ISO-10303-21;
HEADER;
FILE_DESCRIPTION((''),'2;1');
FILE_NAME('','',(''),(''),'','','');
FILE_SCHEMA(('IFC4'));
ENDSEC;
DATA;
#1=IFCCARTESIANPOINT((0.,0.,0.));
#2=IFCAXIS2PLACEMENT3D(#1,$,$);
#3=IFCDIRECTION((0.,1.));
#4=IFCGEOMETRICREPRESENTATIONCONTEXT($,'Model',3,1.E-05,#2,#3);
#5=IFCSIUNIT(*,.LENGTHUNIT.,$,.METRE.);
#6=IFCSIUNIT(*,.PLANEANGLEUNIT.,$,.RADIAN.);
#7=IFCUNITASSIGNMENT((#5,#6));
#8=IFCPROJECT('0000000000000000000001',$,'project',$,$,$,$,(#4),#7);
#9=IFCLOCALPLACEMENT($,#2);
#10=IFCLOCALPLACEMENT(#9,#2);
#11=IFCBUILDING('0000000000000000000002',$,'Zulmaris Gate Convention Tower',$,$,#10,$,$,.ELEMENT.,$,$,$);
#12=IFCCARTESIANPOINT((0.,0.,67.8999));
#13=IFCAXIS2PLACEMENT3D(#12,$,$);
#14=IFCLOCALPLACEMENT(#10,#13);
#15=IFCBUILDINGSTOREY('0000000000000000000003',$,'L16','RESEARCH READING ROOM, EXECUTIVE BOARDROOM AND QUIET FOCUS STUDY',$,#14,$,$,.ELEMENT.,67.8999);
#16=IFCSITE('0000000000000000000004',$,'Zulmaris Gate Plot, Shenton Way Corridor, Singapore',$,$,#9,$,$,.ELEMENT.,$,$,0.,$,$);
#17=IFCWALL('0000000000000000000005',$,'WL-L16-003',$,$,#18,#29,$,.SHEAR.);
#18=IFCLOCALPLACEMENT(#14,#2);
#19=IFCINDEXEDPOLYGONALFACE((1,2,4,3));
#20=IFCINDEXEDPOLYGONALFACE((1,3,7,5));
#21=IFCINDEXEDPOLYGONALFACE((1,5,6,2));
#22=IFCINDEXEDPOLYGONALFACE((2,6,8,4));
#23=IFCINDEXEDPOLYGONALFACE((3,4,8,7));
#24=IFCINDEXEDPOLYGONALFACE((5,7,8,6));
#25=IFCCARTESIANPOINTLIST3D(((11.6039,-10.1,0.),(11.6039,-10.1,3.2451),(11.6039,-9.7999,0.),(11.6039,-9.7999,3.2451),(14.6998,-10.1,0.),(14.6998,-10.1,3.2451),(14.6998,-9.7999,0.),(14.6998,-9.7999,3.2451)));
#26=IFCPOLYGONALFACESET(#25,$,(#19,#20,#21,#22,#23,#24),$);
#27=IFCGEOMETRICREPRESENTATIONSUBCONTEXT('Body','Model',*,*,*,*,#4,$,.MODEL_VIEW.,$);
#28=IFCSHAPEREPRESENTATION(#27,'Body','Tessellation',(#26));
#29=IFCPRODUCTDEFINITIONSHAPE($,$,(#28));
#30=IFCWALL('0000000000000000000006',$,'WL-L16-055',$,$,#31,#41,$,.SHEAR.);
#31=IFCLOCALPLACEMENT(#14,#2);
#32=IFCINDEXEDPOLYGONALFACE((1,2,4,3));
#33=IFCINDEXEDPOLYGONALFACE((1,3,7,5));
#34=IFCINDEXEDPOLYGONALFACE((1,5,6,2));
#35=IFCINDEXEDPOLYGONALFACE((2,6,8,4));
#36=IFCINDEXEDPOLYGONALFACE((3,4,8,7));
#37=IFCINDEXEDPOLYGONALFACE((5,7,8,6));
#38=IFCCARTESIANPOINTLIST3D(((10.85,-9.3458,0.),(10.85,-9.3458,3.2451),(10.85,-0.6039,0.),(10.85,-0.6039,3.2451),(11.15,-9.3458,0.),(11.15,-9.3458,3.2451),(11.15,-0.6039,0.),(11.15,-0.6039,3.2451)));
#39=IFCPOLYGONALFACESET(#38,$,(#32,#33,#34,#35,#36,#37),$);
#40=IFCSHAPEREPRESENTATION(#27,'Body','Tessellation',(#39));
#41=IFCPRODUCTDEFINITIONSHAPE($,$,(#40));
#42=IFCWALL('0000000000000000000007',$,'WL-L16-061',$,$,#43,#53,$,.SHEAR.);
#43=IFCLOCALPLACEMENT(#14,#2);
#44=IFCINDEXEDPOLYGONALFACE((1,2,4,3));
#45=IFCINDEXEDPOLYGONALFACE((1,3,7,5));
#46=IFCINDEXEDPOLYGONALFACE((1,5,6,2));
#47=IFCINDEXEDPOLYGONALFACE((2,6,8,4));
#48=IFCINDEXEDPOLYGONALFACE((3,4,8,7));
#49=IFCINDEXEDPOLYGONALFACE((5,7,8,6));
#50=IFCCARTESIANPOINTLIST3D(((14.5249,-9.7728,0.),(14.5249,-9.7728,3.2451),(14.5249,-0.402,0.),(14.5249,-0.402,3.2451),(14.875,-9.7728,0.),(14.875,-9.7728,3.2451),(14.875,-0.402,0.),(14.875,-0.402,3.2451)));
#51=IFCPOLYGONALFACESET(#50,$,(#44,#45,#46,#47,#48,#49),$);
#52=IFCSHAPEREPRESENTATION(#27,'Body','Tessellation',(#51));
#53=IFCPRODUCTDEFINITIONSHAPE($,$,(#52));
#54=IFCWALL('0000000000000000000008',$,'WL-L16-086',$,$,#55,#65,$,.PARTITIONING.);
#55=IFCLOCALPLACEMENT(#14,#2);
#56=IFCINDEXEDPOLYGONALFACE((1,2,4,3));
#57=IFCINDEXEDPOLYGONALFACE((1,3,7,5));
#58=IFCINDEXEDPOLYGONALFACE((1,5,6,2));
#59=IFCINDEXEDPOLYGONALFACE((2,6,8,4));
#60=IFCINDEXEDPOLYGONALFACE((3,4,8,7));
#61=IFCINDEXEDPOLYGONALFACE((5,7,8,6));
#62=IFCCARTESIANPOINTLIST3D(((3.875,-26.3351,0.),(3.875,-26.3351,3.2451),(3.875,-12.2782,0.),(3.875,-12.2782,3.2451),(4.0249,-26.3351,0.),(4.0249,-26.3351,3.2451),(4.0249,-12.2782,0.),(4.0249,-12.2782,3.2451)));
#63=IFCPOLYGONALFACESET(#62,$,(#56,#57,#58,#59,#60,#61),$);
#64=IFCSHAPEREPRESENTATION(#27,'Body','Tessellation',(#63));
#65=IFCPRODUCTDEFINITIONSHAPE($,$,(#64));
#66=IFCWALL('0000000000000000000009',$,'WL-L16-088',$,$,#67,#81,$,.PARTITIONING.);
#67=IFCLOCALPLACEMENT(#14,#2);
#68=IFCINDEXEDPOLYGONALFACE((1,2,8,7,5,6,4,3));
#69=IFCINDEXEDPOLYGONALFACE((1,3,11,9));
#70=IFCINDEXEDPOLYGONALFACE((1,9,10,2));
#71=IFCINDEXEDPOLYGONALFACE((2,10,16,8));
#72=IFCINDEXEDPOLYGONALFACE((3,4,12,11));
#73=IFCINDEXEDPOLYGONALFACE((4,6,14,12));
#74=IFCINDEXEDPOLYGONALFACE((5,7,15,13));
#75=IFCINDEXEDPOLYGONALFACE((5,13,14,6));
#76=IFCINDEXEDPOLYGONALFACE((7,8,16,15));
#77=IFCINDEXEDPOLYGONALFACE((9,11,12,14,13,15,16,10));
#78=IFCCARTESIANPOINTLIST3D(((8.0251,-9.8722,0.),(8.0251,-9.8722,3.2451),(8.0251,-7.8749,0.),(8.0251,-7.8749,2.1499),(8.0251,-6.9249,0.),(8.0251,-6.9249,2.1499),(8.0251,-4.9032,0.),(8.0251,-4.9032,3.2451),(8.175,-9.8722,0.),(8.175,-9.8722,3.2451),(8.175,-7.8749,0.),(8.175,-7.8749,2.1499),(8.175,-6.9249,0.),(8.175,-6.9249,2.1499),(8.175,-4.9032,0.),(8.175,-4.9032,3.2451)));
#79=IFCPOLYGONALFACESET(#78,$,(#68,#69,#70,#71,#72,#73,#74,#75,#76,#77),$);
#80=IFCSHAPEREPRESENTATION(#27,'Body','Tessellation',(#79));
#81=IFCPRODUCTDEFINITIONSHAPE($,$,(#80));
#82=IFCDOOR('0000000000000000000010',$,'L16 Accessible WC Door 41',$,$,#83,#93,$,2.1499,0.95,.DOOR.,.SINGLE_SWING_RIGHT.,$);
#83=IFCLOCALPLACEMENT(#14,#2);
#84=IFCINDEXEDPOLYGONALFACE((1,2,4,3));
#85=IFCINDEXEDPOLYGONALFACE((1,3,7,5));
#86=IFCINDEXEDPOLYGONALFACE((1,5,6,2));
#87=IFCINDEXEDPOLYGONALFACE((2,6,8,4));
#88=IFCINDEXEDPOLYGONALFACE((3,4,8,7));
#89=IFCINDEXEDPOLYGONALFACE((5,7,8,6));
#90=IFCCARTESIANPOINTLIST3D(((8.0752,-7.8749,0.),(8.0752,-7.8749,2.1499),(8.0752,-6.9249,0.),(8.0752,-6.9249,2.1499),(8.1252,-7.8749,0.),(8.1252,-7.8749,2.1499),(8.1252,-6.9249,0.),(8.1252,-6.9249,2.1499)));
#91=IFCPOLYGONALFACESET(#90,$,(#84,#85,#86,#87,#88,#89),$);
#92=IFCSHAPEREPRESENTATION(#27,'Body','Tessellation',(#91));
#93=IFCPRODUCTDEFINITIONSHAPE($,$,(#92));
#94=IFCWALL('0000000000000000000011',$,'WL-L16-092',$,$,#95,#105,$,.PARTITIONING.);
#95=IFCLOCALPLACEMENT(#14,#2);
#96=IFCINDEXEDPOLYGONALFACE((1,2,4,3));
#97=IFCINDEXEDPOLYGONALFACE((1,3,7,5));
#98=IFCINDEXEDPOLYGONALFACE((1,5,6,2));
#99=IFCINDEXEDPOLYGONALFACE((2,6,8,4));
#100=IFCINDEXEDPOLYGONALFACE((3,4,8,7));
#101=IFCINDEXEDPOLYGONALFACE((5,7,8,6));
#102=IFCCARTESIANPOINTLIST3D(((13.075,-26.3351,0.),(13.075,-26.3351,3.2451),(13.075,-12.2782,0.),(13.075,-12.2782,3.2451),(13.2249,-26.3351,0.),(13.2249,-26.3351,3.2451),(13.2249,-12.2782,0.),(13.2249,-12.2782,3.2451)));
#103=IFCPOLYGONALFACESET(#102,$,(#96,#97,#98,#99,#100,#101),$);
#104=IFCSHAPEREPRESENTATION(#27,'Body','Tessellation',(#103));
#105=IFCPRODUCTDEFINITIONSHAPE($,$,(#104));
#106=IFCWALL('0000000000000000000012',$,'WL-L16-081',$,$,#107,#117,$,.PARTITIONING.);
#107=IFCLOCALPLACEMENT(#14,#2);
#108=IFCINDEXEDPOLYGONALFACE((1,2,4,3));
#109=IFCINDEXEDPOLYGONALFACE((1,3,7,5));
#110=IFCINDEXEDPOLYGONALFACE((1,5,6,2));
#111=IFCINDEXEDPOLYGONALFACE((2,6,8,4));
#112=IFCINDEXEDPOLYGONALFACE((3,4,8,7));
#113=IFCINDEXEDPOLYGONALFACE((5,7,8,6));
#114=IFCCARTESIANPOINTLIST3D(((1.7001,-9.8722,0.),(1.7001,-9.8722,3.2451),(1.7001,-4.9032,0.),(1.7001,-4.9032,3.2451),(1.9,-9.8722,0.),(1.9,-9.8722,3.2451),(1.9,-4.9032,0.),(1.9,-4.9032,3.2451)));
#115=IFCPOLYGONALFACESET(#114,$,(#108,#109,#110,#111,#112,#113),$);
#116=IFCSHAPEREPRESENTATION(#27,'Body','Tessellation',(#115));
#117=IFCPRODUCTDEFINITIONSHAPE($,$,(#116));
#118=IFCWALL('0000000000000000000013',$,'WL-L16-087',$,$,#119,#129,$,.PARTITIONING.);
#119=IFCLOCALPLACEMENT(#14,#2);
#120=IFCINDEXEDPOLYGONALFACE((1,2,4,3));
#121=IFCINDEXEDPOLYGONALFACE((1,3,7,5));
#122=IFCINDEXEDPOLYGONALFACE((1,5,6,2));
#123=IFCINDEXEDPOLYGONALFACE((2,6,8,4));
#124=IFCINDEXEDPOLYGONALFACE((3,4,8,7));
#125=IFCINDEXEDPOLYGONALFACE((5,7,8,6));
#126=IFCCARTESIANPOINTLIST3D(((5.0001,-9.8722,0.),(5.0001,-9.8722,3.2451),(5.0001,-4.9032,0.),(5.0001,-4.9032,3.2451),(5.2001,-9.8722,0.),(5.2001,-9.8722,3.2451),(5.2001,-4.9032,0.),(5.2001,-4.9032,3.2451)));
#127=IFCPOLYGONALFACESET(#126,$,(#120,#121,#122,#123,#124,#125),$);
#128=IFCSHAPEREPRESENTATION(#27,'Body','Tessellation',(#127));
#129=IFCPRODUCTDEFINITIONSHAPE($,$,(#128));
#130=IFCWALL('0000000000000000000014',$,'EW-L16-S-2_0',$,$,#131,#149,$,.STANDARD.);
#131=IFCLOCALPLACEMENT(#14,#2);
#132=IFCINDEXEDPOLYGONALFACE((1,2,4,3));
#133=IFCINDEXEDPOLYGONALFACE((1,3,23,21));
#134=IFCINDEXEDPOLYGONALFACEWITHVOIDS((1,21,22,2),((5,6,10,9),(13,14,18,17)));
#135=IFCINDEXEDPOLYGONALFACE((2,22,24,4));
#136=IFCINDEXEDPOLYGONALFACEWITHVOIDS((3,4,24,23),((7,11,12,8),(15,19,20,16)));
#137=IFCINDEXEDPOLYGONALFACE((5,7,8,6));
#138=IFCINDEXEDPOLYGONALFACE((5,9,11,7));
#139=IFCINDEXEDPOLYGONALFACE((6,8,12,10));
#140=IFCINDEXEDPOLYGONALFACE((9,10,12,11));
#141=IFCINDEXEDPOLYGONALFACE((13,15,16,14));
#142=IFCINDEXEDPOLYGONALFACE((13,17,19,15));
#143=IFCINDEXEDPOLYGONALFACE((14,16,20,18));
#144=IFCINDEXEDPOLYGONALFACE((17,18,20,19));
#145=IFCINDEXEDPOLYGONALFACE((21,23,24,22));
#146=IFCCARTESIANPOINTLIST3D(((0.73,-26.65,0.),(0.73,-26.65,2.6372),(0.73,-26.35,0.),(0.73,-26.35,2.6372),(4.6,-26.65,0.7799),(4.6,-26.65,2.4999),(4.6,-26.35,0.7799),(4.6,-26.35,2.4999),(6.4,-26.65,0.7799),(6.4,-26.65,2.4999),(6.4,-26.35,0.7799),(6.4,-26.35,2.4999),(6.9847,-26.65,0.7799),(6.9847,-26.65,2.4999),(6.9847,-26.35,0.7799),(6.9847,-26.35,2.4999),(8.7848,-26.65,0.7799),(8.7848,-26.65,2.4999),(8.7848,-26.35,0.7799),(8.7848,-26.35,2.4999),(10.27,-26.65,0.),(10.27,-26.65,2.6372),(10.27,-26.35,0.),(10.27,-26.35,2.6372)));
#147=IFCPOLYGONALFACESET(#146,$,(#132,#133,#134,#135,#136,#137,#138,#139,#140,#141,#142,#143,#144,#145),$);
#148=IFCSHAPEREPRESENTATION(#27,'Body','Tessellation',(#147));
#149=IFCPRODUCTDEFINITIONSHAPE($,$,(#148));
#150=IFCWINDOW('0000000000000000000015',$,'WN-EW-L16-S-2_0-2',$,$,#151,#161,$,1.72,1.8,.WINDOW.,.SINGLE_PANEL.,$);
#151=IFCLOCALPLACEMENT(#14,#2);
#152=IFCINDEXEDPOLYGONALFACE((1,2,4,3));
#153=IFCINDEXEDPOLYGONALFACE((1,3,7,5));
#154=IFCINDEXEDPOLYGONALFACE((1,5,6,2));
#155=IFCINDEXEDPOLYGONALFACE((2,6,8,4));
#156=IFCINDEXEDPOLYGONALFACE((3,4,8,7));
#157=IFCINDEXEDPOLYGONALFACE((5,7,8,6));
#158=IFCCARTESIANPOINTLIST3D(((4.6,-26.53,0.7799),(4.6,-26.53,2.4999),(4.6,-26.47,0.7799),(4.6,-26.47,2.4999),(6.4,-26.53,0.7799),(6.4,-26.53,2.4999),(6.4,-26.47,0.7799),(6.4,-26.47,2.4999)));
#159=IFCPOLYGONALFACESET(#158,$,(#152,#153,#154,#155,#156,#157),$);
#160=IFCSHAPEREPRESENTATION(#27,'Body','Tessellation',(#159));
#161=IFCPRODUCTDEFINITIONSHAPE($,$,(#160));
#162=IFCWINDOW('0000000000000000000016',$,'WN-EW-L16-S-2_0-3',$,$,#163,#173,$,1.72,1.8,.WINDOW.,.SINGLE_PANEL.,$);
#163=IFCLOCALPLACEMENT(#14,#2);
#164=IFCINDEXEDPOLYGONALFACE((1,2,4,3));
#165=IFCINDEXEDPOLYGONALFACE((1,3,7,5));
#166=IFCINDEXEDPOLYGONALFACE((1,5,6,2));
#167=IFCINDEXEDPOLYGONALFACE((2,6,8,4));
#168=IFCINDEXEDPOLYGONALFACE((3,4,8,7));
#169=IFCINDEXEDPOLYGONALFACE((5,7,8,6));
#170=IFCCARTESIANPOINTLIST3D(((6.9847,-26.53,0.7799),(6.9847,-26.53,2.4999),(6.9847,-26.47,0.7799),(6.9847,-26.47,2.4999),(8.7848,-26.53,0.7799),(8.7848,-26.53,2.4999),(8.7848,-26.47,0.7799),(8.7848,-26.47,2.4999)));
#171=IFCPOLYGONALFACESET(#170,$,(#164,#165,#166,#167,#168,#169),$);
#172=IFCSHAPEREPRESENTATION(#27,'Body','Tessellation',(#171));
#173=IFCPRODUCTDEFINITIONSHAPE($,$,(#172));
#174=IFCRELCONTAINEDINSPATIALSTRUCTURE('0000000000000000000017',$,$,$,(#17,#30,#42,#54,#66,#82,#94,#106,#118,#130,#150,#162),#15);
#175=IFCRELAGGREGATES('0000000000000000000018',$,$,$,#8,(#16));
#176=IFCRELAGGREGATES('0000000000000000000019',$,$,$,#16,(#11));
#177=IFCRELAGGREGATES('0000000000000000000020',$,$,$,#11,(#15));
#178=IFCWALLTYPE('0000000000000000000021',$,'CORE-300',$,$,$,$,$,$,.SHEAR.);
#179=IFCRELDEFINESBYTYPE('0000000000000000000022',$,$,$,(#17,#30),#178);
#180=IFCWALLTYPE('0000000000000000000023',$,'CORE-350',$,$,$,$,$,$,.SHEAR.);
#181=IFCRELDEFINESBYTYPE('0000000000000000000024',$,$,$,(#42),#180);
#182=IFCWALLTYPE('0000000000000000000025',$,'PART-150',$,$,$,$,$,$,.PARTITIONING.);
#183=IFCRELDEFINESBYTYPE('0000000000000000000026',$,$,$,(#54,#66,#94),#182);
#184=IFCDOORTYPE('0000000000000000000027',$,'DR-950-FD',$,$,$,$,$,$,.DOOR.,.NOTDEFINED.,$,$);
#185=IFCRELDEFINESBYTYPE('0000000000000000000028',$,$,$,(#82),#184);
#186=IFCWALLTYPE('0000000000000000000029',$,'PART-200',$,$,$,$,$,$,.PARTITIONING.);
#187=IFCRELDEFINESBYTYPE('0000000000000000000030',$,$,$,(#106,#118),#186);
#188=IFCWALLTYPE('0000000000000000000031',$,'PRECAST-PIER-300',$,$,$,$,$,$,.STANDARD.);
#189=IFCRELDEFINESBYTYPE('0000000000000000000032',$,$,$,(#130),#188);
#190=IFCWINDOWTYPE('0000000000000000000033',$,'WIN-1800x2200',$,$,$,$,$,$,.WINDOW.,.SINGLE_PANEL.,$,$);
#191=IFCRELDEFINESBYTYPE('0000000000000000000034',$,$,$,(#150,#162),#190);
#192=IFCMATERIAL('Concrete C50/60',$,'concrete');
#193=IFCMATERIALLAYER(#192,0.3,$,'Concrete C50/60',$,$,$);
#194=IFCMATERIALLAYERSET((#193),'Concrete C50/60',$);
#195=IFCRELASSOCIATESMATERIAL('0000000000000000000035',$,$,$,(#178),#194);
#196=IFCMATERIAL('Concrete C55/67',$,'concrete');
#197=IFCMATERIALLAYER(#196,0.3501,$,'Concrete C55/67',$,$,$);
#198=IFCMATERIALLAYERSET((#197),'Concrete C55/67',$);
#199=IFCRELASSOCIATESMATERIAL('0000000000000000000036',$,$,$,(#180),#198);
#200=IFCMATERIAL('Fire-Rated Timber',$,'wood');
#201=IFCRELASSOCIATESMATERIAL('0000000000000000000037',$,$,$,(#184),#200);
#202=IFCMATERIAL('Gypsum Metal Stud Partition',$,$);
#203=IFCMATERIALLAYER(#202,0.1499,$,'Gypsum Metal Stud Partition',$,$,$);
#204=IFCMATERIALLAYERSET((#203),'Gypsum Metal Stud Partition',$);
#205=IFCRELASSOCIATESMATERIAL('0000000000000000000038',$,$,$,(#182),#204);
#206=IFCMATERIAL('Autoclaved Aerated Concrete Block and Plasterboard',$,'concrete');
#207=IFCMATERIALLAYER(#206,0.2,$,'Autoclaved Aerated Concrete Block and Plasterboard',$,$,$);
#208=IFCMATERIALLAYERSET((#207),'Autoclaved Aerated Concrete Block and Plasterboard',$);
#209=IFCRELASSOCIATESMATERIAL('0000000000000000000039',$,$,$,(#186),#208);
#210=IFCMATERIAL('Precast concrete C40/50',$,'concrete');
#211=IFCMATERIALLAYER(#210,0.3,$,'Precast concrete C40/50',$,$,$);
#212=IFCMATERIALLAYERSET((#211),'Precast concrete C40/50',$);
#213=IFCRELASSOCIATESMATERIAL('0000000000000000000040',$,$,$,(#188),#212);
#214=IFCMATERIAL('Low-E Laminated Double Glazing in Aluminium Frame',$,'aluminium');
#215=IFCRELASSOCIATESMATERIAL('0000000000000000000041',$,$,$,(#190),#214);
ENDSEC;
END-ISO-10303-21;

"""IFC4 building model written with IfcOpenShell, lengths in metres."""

from ifc_helpers import new_model, si_unit, direction, frame, frame_2d, origin, place, context, subcontext, project, spatial, rectangle, extrude, material, layer, layer_set, type_object, element, fill, save


model = new_model("IFC4")

# Units and contexts
model_context = context("Model", 3, precision=1e-05, world=origin(), true_north=direction((0.0, 1.0)))
body_context = subcontext(model_context, "Body", "Model", "MODEL_VIEW")
ifc_project = project(units=[si_unit("LENGTHUNIT", "METRE"), si_unit("PLANEANGLEUNIT", "RADIAN")], contexts=[model_context])

# Site, building, storey
site_placement = place(None, origin())
site = spatial("IfcSite", under=ifc_project, at=site_placement, Name="Zulmaris Gate Plot, Shenton Way Corridor, Singapore", CompositionType="ELEMENT", RefElevation=0.0)
building_placement = place(site_placement, origin())
building = spatial("IfcBuilding", under=site, at=building_placement, Name="Zulmaris Gate Convention Tower", CompositionType="ELEMENT")
storey_placement = place(building_placement, frame((0.0, 0.0, 67.8999)))
storey = spatial("IfcBuildingStorey", under=building, at=storey_placement, Name="L16", Description="RESEARCH READING ROOM, EXECUTIVE BOARDROOM AND QUIET FOCUS STUDY", CompositionType="ELEMENT", Elevation=67.8999)

# Walls
ifc_material_1 = material(Name="Concrete C50/60", Category="concrete")
ifc_layer_1 = layer(ifc_material_1, 0.3, Name="Concrete C50/60")
ifc_layer_set_1 = layer_set([ifc_layer_1], Name="Concrete C50/60")
wall_type_1 = type_object("IfcWallType", Name="CORE-300", PredefinedType="SHEAR", material=ifc_layer_set_1)
wall_1_placement = place(storey_placement, frame((11.604, -9.95, 0.0), z_axis=(0.0, 0.0, 1.0), x_axis=(1.0, 0.0, 0.0)))
element("IfcWall", 1, at=wall_1_placement, inside=storey, type_object=wall_type_1, Name="WL-L16-003", PredefinedType="SHEAR", context=body_context, shape_type="SweptSolid", body=[
    extrude(rectangle(XDim=3.0959, YDim=0.3, at=frame_2d((1.5479, 0.0))), origin(), (0.0, 0.0, 1.0), 3.2451),
])
wall_2_placement = place(storey_placement, frame((11.0, -9.3459, 0.0), z_axis=(0.0, 0.0, 1.0), x_axis=(0.0, 1.0, 0.0)))
element("IfcWall", 2, at=wall_2_placement, inside=storey, type_object=wall_type_1, Name="WL-L16-055", PredefinedType="SHEAR", context=body_context, shape_type="SweptSolid", body=[
    extrude(rectangle(XDim=8.7419, YDim=0.3, at=frame_2d((4.3711, 0.0))), origin(), (0.0, 0.0, 1.0), 3.2451),
])

# Shared definitions
ifc_material_2 = material(Name="Concrete C55/67", Category="concrete")
ifc_layer_2 = layer(ifc_material_2, 0.3501, Name="Concrete C55/67")
ifc_layer_set_2 = layer_set([ifc_layer_2], Name="Concrete C55/67")
wall_type_2 = type_object("IfcWallType", Name="CORE-350", PredefinedType="SHEAR", material=ifc_layer_set_2)
ifc_material_3 = material(Name="Fire-Rated Timber", Category="wood")
door_type = type_object("IfcDoorType", Name="DR-950-FD", OperationType="NOTDEFINED", PredefinedType="DOOR", material=ifc_material_3)

# Walls
wall_3_placement = place(storey_placement, frame((14.7, -9.7729, 0.0), z_axis=(0.0, 0.0, 1.0), x_axis=(0.0, 1.0, 0.0)))
element("IfcWall", 3, at=wall_3_placement, inside=storey, type_object=wall_type_2, Name="WL-L16-061", PredefinedType="SHEAR", context=body_context, shape_type="SweptSolid", body=[
    extrude(rectangle(XDim=9.3708, YDim=0.3501, at=frame_2d((4.6855, 0.0))), origin(), (0.0, 0.0, 1.0), 3.2451),
])
ifc_material_4 = material(Name="Gypsum Metal Stud Partition")
ifc_layer_3 = layer(ifc_material_4, 0.1499, Name="Gypsum Metal Stud Partition")
ifc_layer_set_3 = layer_set([ifc_layer_3], Name="Gypsum Metal Stud Partition")
wall_type_3 = type_object("IfcWallType", Name="PART-150", PredefinedType="PARTITIONING", material=ifc_layer_set_3)
wall_4_placement = place(storey_placement, frame((3.95, -26.335, 0.0), z_axis=(0.0, 0.0, 1.0), x_axis=(0.0, 1.0, 0.0)))
element("IfcWall", 4, at=wall_4_placement, inside=storey, type_object=wall_type_3, Name="WL-L16-086", PredefinedType="PARTITIONING", context=body_context, shape_type="SweptSolid", body=[
    extrude(rectangle(XDim=14.0569, YDim=0.1499, at=frame_2d((7.0283, 0.0))), origin(), (0.0, 0.0, 1.0), 3.2451),
])

# Wall, opening, door
wall_5_placement = place(storey_placement, frame((8.1001, -9.8721, 0.0), z_axis=(0.0, 0.0, 1.0), x_axis=(0.0, 1.0, 0.0)))
wall_5 = element("IfcWall", 5, at=wall_5_placement, inside=storey, type_object=wall_type_3, Name="WL-L16-088", PredefinedType="PARTITIONING", context=body_context, shape_type="SweptSolid", body=[
    extrude(rectangle(XDim=4.969, YDim=0.1499, at=frame_2d((2.4844, 0.0))), origin(), (0.0, 0.0, 1.0), 3.2451),
])
opening_1_placement = place(wall_5_placement, frame((1.9971, 0.0, 0.0)))
opening_1 = element("IfcOpeningElement", 6, at=opening_1_placement, cuts=wall_5, PredefinedType="OPENING", context=body_context, shape_type="SweptSolid", body=[
    extrude(rectangle(XDim=0.95, YDim=2.1499, at=frame_2d((0.4751, 1.075))), frame((0.0, 0.085, 0.0), z_axis=(0.0, -1.0, 0.0), x_axis=(1.0, 0.0, 0.0)), (0.0, 0.0, 1.0), 0.1699),
])
door_1_placement = place(opening_1_placement, origin())
door_1 = element("IfcDoor", 7, at=door_1_placement, inside=storey, type_object=door_type, Name="L16 Accessible WC Door 41", OperationType="SINGLE_SWING_RIGHT", OverallHeight=2.1499, OverallWidth=0.95, PredefinedType="DOOR", context=body_context, shape_type="SweptSolid", body=[
    extrude(rectangle(XDim=0.95, YDim=2.1499, at=frame_2d((0.4751, 1.075))), frame((0.0, 0.0249, 0.0), z_axis=(0.0, -1.0, 0.0), x_axis=(1.0, 0.0, 0.0)), (0.0, 0.0, 1.0), 0.05),
])
fill(opening_1, door_1)

# Walls
wall_6_placement = place(storey_placement, frame((13.1499, -26.335, 0.0), z_axis=(0.0, 0.0, 1.0), x_axis=(0.0, 1.0, 0.0)))
element("IfcWall", 8, at=wall_6_placement, inside=storey, type_object=wall_type_3, Name="WL-L16-092", PredefinedType="PARTITIONING", context=body_context, shape_type="SweptSolid", body=[
    extrude(rectangle(XDim=14.0569, YDim=0.1499, at=frame_2d((7.0283, 0.0))), origin(), (0.0, 0.0, 1.0), 3.2451),
])
ifc_material_5 = material(Name="Autoclaved Aerated Concrete Block and Plasterboard", Category="concrete")
ifc_layer_4 = layer(ifc_material_5, 0.2, Name="Autoclaved Aerated Concrete Block and Plasterboard")
ifc_layer_set_4 = layer_set([ifc_layer_4], Name="Autoclaved Aerated Concrete Block and Plasterboard")
wall_type_4 = type_object("IfcWallType", Name="PART-200", PredefinedType="PARTITIONING", material=ifc_layer_set_4)
for number, where, z_axis, x_axis, name in (
    (9, (1.8, -9.8721, 0.0), (0.0, 0.0, 1.0), (0.0, 1.0, 0.0), "WL-L16-081"),
    (10, (5.1001, -9.8721, 0.0), (0.0, 0.0, 1.0), (0.0, 1.0, 0.0), "WL-L16-087"),
):
    element("IfcWall", number, at=place(storey_placement, frame(where, z_axis=z_axis, x_axis=x_axis)), inside=storey, type_object=wall_type_4, Name=name, PredefinedType="PARTITIONING", context=body_context, shape_type="SweptSolid", body=[
        extrude(rectangle(XDim=4.969, YDim=0.2, at=frame_2d((2.4844, 0.0))), origin(), (0.0, 0.0, 1.0), 3.2451),
    ])

# Wall, openings, windows
ifc_material_6 = material(Name="Precast concrete C40/50", Category="concrete")
ifc_layer_5 = layer(ifc_material_6, 0.3, Name="Precast concrete C40/50")
ifc_layer_set_5 = layer_set([ifc_layer_5], Name="Precast concrete C40/50")
wall_type_5 = type_object("IfcWallType", Name="PRECAST-PIER-300", PredefinedType="STANDARD", material=ifc_layer_set_5)
wall_7_placement = place(storey_placement, frame((0.73, -26.5, 0.0), z_axis=(0.0, 0.0, 1.0), x_axis=(1.0, 0.0, 0.0)))
wall_7 = element("IfcWall", 11, at=wall_7_placement, inside=storey, type_object=wall_type_5, Name="EW-L16-S-2_0", PredefinedType="STANDARD", context=body_context, shape_type="SweptSolid", body=[
    extrude(rectangle(XDim=9.54, YDim=0.3, at=frame_2d((4.77, 0.0))), origin(), (0.0, 0.0, 1.0), 2.6372),
])
opening_2_placement = place(wall_7_placement, frame((3.8701, 0.0, 0.78)))
opening_2 = element("IfcOpeningElement", 12, at=opening_2_placement, cuts=wall_7, PredefinedType="OPENING", context=body_context, shape_type="SweptSolid", body=[
    extrude(rectangle(XDim=1.8, YDim=1.72, at=frame_2d((0.8999, 0.8599))), frame((0.0, 0.1602, 0.0), z_axis=(0.0, -1.0, 0.0), x_axis=(1.0, 0.0, 0.0)), (0.0, 0.0, 1.0), 0.3201),
])
opening_3_placement = place(wall_7_placement, frame((6.2549, 0.0, 0.78)))
opening_3 = element("IfcOpeningElement", 13, at=opening_3_placement, cuts=wall_7, PredefinedType="OPENING", context=body_context, shape_type="SweptSolid", body=[
    extrude(rectangle(XDim=1.8, YDim=1.72, at=frame_2d((0.8999, 0.8599))), frame((0.0, 0.1602, 0.0), z_axis=(0.0, -1.0, 0.0), x_axis=(1.0, 0.0, 0.0)), (0.0, 0.0, 1.0), 0.3201),
])
ifc_material_7 = material(Name="Low-E Laminated Double Glazing in Aluminium Frame", Category="aluminium")
window_type = type_object("IfcWindowType", Name="WIN-1800x2200", PartitioningType="SINGLE_PANEL", PredefinedType="WINDOW", material=ifc_material_7)
window_1_placement = place(opening_2_placement, origin())
window_1 = element("IfcWindow", 14, at=window_1_placement, inside=storey, type_object=window_type, Name="WN-EW-L16-S-2_0-2", OverallHeight=1.72, OverallWidth=1.8, PartitioningType="SINGLE_PANEL", PredefinedType="WINDOW", context=body_context, shape_type="SweptSolid", body=[
    extrude(rectangle(XDim=1.8, YDim=1.72, at=frame_2d((0.8999, 0.8599))), frame((0.0, 0.03, 0.0), z_axis=(0.0, -1.0, 0.0), x_axis=(1.0, 0.0, 0.0)), (0.0, 0.0, 1.0), 0.0601),
])
fill(opening_2, window_1)
window_2_placement = place(opening_3_placement, origin())
window_2 = element("IfcWindow", 15, at=window_2_placement, inside=storey, type_object=window_type, Name="WN-EW-L16-S-2_0-3", OverallHeight=1.72, OverallWidth=1.8, PartitioningType="SINGLE_PANEL", PredefinedType="WINDOW", context=body_context, shape_type="SweptSolid", body=[
    extrude(rectangle(XDim=1.8, YDim=1.72, at=frame_2d((0.8999, 0.8599))), frame((0.0, 0.03, 0.0), z_axis=(0.0, -1.0, 0.0), x_axis=(1.0, 0.0, 0.0)), (0.0, 0.0, 1.0), 0.0601),
])
fill(opening_3, window_2)

save(model, "model.ifc")
